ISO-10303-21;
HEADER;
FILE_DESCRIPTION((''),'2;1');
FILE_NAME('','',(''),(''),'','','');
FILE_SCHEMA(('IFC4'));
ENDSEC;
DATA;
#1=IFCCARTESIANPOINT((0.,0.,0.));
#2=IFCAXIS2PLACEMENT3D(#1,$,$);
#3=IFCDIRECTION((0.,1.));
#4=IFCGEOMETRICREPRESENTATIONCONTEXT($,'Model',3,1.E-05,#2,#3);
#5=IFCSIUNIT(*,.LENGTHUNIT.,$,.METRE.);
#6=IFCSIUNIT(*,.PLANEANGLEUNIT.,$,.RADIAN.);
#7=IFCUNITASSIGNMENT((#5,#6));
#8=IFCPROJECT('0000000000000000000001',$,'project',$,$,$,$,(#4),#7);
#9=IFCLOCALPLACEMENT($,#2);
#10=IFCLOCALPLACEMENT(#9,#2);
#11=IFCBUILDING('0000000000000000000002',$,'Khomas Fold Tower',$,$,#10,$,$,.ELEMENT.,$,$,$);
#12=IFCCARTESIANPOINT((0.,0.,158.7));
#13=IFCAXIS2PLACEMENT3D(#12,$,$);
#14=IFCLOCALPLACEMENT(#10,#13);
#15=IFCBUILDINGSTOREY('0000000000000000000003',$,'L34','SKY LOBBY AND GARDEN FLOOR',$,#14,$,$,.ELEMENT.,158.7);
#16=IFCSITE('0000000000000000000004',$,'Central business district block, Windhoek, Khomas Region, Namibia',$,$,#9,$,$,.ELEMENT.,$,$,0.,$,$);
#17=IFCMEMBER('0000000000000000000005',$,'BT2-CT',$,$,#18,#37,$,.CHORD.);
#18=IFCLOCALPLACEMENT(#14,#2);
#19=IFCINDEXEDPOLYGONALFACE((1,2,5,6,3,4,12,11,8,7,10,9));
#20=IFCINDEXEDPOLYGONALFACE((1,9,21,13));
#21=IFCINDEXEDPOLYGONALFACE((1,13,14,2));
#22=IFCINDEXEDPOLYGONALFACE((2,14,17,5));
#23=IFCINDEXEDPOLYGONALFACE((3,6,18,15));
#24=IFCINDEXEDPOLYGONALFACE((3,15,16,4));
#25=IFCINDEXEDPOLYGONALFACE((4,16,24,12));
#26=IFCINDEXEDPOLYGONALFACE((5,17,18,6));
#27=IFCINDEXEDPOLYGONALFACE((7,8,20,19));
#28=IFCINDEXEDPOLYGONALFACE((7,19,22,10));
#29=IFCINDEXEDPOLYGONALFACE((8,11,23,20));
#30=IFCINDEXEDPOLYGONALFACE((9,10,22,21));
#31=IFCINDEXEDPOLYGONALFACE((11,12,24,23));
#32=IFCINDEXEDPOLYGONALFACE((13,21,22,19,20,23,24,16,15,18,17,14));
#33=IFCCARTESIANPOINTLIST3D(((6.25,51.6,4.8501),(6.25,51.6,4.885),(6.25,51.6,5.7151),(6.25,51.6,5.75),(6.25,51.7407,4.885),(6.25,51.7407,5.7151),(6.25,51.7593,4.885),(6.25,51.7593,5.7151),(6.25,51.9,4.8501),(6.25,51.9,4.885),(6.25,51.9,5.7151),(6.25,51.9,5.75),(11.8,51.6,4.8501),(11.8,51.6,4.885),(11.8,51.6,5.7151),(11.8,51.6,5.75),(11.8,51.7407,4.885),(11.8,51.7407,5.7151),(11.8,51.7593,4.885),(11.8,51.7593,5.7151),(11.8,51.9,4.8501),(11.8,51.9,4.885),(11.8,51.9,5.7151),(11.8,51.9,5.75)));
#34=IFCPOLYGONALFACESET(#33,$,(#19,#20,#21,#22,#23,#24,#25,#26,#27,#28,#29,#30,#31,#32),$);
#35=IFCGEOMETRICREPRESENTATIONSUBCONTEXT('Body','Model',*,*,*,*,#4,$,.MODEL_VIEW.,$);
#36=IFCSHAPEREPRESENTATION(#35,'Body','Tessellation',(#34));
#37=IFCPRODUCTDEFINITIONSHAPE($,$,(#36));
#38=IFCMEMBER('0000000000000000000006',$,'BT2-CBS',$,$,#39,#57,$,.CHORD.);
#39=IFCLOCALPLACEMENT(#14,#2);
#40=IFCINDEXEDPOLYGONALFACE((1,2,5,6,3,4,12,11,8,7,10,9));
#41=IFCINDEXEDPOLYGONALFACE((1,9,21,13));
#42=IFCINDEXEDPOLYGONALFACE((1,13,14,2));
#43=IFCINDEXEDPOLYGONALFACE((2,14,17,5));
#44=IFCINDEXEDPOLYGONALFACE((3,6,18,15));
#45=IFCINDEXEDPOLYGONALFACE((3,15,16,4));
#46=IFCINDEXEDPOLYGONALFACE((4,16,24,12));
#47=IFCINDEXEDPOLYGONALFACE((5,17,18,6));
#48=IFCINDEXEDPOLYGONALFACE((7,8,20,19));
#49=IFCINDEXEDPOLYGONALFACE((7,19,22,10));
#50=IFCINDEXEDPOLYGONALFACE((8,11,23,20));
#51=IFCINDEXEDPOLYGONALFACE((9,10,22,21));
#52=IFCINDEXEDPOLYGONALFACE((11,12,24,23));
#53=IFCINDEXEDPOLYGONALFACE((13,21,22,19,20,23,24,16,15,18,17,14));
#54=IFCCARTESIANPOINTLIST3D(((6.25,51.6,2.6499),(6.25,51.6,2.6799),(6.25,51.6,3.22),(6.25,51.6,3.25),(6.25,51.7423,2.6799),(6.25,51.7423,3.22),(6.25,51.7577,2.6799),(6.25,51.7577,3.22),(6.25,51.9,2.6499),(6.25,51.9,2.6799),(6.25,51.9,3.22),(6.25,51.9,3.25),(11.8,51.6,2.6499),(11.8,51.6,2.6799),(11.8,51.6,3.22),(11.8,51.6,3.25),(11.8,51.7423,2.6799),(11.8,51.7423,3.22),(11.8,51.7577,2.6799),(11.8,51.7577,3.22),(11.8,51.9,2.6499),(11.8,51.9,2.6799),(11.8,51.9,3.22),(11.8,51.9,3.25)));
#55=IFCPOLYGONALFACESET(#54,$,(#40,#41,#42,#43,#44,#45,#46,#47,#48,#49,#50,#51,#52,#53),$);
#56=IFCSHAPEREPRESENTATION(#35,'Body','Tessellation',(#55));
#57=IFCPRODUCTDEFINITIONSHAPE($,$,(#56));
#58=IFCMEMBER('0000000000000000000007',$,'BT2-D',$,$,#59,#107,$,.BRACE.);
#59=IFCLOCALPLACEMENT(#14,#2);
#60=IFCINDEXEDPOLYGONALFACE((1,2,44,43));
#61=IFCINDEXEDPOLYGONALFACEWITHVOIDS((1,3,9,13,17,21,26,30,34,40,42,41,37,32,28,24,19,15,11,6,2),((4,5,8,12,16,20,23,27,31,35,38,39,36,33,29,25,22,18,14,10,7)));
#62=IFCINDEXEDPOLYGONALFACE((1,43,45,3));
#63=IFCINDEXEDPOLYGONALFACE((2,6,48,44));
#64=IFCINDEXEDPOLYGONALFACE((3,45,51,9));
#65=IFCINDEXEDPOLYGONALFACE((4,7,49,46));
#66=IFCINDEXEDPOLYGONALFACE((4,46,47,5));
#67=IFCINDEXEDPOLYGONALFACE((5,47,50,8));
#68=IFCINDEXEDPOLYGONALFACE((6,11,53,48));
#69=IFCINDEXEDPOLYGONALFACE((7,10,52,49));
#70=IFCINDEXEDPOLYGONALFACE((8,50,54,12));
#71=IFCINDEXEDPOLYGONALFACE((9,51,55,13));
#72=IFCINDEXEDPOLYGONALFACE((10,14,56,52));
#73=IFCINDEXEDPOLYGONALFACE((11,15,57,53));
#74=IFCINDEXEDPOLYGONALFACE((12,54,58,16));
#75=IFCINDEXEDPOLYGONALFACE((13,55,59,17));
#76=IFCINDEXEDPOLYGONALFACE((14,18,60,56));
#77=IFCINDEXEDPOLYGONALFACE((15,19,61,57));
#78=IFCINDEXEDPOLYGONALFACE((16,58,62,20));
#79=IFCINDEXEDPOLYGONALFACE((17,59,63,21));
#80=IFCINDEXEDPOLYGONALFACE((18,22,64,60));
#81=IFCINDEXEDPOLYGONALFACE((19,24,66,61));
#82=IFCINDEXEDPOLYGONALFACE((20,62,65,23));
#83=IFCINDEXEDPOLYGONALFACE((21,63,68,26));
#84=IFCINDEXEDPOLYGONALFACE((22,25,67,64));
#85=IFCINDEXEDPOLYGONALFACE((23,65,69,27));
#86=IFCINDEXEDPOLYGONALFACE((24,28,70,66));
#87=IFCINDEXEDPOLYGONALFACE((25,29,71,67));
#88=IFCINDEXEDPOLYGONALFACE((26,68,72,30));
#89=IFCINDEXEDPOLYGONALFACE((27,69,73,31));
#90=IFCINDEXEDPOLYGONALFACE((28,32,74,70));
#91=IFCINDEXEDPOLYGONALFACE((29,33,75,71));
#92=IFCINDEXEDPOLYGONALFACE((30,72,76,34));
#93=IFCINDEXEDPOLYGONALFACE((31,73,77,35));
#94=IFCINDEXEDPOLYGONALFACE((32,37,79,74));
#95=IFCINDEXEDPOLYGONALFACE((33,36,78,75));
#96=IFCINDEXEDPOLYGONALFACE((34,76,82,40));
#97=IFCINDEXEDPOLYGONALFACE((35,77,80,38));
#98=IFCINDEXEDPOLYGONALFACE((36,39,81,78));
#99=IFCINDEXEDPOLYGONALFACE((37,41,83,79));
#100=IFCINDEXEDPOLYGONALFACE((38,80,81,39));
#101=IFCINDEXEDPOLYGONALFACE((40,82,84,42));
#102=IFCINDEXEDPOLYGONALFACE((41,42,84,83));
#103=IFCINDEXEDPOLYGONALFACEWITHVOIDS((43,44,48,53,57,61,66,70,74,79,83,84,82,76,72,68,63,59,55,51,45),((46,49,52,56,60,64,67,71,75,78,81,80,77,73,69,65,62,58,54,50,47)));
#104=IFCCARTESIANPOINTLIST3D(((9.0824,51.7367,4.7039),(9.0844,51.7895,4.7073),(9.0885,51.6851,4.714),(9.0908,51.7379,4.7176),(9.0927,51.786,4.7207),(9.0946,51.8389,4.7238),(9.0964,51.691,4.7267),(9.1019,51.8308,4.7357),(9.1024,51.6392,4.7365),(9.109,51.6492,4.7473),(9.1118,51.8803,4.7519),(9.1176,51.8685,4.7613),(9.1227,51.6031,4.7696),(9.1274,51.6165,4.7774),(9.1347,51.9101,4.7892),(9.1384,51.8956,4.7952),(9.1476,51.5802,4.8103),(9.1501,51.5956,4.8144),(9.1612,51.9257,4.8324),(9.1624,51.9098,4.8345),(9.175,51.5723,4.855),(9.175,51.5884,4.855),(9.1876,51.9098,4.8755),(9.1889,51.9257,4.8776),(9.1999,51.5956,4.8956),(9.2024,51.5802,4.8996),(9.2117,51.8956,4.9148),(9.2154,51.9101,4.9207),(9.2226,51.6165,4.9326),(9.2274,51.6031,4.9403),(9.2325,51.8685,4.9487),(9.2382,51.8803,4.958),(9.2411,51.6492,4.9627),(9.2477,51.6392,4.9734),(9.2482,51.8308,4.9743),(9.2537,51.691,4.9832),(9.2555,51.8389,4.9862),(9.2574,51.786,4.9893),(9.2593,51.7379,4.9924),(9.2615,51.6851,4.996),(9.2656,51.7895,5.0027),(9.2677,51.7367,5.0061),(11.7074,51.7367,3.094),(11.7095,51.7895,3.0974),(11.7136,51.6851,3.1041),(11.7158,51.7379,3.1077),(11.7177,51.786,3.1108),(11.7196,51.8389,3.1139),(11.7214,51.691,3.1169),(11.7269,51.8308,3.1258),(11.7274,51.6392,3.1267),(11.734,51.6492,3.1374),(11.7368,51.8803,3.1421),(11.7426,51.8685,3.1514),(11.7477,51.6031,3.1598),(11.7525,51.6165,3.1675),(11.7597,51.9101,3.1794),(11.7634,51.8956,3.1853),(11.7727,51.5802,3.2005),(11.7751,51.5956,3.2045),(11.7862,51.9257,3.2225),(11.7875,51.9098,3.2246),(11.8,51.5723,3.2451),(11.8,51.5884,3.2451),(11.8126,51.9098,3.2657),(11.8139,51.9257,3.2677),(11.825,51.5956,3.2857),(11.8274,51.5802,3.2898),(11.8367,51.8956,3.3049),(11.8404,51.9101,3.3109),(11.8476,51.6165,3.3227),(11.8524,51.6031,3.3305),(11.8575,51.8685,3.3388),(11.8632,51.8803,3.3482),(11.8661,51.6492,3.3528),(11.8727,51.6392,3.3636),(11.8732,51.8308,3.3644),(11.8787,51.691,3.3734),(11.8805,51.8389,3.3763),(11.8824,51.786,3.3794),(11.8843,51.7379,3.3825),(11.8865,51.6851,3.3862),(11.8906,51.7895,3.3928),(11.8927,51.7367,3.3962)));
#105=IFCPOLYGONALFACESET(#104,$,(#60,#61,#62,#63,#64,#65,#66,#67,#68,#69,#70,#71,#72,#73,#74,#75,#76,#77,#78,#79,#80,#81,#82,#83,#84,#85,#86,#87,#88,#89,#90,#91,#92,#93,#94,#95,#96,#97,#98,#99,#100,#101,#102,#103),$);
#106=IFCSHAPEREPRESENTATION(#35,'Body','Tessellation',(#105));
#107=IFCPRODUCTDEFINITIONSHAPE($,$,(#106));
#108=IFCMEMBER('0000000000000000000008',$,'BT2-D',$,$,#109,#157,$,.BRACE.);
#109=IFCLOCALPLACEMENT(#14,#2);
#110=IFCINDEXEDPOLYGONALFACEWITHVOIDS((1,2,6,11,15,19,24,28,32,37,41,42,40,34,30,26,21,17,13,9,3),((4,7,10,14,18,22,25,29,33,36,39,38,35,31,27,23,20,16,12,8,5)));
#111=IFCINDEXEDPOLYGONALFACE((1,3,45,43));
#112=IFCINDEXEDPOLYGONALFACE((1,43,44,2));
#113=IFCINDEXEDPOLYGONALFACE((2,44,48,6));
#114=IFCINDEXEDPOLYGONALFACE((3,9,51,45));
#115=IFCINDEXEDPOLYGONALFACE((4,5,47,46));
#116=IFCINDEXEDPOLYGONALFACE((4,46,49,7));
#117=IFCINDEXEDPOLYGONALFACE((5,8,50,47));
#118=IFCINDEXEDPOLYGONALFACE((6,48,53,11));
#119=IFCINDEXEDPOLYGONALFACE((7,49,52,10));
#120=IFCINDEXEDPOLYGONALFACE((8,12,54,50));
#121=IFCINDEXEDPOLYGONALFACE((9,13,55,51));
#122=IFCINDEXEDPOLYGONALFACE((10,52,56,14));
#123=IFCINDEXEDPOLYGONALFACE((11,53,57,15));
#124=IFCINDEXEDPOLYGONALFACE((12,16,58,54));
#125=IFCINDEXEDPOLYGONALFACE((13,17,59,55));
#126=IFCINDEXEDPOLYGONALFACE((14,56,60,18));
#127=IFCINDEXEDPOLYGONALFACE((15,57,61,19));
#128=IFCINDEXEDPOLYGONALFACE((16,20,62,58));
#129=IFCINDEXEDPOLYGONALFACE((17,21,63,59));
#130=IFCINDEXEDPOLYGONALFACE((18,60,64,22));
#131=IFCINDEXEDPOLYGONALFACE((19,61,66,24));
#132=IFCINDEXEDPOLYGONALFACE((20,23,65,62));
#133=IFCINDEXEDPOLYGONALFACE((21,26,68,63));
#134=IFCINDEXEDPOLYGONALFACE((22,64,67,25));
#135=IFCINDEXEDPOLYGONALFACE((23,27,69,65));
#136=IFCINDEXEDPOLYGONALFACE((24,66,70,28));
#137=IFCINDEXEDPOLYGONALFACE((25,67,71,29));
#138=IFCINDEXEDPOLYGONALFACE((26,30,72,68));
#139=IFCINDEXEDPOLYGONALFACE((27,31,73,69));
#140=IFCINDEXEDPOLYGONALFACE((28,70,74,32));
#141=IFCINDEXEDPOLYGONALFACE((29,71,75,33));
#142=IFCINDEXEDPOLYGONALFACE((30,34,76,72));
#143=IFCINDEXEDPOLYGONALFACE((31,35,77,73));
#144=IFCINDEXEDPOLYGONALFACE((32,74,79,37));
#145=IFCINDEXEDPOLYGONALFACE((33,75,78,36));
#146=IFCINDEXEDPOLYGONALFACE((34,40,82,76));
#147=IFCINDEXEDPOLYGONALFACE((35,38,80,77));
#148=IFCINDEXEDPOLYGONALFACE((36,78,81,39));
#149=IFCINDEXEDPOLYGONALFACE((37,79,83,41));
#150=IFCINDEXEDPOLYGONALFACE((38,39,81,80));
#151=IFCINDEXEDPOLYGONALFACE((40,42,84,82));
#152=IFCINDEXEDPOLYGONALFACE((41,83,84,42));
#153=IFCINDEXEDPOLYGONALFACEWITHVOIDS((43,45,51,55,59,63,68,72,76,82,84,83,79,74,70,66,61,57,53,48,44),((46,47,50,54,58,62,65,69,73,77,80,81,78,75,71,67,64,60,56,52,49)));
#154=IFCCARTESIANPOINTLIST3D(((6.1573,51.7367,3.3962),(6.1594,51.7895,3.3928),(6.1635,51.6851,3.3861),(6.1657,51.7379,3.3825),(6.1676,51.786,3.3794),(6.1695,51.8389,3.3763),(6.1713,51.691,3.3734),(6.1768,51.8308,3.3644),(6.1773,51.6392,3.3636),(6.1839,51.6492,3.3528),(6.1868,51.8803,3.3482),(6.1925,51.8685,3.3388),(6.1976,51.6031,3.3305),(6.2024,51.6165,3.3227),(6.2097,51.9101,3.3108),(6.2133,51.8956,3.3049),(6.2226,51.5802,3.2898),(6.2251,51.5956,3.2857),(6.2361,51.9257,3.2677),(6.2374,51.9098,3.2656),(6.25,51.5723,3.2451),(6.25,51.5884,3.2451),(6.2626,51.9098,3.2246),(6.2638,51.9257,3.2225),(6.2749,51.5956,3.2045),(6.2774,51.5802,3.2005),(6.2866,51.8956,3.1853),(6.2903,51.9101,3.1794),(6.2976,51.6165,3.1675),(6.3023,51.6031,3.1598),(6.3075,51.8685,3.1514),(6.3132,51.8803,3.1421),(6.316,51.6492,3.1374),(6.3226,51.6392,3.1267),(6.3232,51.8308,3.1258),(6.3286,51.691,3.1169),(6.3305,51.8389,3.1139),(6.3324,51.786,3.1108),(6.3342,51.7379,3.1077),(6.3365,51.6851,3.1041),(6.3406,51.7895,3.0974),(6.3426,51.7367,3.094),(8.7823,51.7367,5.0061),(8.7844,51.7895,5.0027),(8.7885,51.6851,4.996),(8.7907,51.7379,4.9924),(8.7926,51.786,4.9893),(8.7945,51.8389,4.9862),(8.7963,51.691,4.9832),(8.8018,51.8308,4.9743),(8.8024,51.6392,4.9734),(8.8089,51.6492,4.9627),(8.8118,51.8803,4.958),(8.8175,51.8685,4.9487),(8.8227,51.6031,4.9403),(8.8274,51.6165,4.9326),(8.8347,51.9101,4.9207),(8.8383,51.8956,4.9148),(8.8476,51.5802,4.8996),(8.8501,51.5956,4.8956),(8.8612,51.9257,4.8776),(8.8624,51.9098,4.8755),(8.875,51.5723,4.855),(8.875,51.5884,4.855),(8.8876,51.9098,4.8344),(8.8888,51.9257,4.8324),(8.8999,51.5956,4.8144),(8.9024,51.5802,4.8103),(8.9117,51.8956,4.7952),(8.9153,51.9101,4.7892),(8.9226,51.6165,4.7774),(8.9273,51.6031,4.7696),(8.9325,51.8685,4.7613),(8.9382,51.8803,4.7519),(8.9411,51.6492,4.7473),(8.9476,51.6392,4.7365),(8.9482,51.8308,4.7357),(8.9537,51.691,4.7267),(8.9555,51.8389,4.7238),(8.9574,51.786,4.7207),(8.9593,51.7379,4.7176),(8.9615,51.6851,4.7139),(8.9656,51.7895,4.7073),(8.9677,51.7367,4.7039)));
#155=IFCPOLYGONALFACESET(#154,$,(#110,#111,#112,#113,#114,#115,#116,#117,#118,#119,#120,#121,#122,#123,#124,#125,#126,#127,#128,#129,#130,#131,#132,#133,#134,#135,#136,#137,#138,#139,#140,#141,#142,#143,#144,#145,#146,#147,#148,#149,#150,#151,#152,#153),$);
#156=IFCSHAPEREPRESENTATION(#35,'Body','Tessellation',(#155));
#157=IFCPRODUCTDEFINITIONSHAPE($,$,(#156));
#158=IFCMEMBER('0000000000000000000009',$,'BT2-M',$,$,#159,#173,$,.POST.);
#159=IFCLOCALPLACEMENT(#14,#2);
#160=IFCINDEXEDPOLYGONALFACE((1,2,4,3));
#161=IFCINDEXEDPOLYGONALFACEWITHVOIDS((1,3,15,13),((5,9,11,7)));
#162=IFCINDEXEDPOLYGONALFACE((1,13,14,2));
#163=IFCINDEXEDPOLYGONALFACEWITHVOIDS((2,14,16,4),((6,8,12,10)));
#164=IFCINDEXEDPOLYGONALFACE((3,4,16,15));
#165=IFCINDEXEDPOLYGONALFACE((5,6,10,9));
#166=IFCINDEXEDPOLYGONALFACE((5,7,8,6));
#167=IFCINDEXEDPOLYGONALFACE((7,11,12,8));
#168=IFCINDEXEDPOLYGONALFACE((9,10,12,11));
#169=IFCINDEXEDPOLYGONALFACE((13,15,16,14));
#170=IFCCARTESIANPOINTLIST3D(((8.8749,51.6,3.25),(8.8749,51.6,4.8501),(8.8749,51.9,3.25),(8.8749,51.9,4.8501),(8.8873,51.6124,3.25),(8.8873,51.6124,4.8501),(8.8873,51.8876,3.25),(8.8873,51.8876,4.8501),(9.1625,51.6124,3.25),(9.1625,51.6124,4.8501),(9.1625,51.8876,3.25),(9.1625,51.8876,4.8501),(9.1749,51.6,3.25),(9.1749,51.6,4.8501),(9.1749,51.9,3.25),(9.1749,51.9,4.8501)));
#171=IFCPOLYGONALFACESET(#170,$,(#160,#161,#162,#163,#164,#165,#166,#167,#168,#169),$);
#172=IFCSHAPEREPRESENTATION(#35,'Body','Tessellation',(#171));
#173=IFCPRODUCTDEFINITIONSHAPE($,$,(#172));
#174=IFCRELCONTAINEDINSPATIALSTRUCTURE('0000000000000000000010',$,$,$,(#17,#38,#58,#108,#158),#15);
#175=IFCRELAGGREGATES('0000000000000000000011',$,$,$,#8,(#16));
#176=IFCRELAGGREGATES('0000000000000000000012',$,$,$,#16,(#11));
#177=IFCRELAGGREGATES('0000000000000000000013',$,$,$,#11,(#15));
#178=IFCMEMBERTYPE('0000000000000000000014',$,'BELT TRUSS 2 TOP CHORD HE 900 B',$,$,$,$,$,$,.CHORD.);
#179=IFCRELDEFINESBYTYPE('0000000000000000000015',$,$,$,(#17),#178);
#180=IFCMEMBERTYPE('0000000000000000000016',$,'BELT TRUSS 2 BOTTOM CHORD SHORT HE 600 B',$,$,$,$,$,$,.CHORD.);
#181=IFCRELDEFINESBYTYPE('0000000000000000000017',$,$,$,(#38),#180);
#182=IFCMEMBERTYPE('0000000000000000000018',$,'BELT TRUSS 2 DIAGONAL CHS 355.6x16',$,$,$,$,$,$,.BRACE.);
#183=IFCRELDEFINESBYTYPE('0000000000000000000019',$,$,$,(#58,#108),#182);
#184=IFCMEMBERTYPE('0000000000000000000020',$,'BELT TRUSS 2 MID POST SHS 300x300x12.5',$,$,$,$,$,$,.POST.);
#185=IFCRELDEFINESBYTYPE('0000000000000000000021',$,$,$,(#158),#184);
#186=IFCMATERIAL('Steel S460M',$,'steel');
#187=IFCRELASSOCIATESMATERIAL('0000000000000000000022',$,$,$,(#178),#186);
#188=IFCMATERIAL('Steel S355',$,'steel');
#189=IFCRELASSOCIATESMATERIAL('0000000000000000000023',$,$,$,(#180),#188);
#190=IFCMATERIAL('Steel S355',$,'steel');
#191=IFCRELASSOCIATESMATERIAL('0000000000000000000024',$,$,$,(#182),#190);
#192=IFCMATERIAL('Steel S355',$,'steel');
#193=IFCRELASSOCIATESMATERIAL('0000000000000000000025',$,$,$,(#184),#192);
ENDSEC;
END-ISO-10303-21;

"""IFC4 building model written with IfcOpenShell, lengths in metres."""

from ifc_helpers import new_model, si_unit, direction, frame, origin, origin_2d, place, context, subcontext, project, spatial, hollow_rectangle, hollow_circle, i_section, extrude, source, transform, mapped, material, material_profile, profile_set, type_object, element, save


model = new_model("IFC4")

# Units and contexts
model_context = context("Model", 3, precision=1e-05, world=origin(), true_north=direction((0.0, 1.0)))
body_context = subcontext(model_context, "Body", "Model", "MODEL_VIEW")
ifc_project = project(units=[si_unit("LENGTHUNIT", "METRE"), si_unit("PLANEANGLEUNIT", "RADIAN")], contexts=[model_context])

# Site, building, storey
site_placement = place(None, origin())
site = spatial("IfcSite", under=ifc_project, at=site_placement, Name="Central business district block, Windhoek, Khomas Region, Namibia", CompositionType="ELEMENT", RefElevation=0.0)
building_placement = place(site_placement, origin())
building = spatial("IfcBuilding", under=site, at=building_placement, Name="Khomas Fold Tower", CompositionType="ELEMENT")
storey_placement = place(building_placement, frame((0.0, 0.0, 158.7)))
storey = spatial("IfcBuildingStorey", under=building, at=storey_placement, Name="L34", Description="SKY LOBBY AND GARDEN FLOOR", CompositionType="ELEMENT", Elevation=158.7)

# Members
ifc_material_1 = material(Name="Steel S460M", Category="steel")
ifc_material_profile_1 = material_profile(ifc_material_1, i_section(OverallWidth=0.3, OverallDepth=0.8999, WebThickness=0.0186, FlangeThickness=0.0349, at=origin_2d()), Name="HE 900 B")
ifc_profile_set_1 = profile_set([ifc_material_profile_1], Name="Steel S460M")
member_type_1 = type_object("IfcMemberType", Name="BELT TRUSS 2 TOP CHORD HE 900 B", PredefinedType="CHORD", material=ifc_profile_set_1)
shared_shape_1 = source(origin(), body_context, "Body", "SweptSolid", [
    extrude(i_section(OverallWidth=0.3, OverallDepth=0.8999, WebThickness=0.0186, FlangeThickness=0.0349, at=origin_2d()), origin(), (0.0, 0.0, 1.0), 5.55),
])
member_1_placement = place(storey_placement, frame((11.8, 51.75, 5.3), z_axis=(-1.0, 0.0, 0.0), x_axis=(0.0, -1.0, 0.0)))
element("IfcMember", 1, at=member_1_placement, inside=storey, type_object=member_type_1, Name="BT2-CT", PredefinedType="CHORD", context=body_context, shape_type="MappedRepresentation", body=[
    mapped(shared_shape_1, transform((0.0, 0.0, 0.0))),
])
ifc_material_2 = material(Name="Steel S355", Category="steel")
ifc_material_profile_2 = material_profile(ifc_material_2, i_section(OverallWidth=0.3, OverallDepth=0.6001, WebThickness=0.0154, FlangeThickness=0.03, at=origin_2d()), Name="HE 600 B")
ifc_profile_set_2 = profile_set([ifc_material_profile_2], Name="Steel S355")
member_type_2 = type_object("IfcMemberType", Name="BELT TRUSS 2 BOTTOM CHORD SHORT HE 600 B", PredefinedType="CHORD", material=ifc_profile_set_2)
shared_shape_2 = source(origin(), body_context, "Body", "SweptSolid", [
    extrude(i_section(OverallWidth=0.3, OverallDepth=0.6001, WebThickness=0.0154, FlangeThickness=0.03, at=origin_2d()), origin(), (0.0, 0.0, 1.0), 5.55),
])
member_2_placement = place(storey_placement, frame((11.8, 51.75, 2.95), z_axis=(-1.0, 0.0, 0.0), x_axis=(0.0, -1.0, 0.0)))
element("IfcMember", 2, at=member_2_placement, inside=storey, type_object=member_type_2, Name="BT2-CBS", PredefinedType="CHORD", context=body_context, shape_type="MappedRepresentation", body=[
    mapped(shared_shape_2, transform((0.0, 0.0, 0.0))),
])
ifc_material_3 = material(Name="Steel S355", Category="steel")
ifc_material_profile_3 = material_profile(ifc_material_3, hollow_circle(Radius=0.1777, WallThickness=0.0161, at=origin_2d()), Name="CHS 355.6x16")
ifc_profile_set_3 = profile_set([ifc_material_profile_3], Name="Steel S355")
member_type_3 = type_object("IfcMemberType", Name="BELT TRUSS 2 DIAGONAL CHS 355.6x16", PredefinedType="BRACE", material=ifc_profile_set_3)
shared_shape_3 = source(origin(), body_context, "Body", "SweptSolid", [
    extrude(hollow_circle(Radius=0.1777, WallThickness=0.0161, at=origin_2d()), origin(), (0.0, 0.0, 1.0), 3.0793),
])
for number, where, z_axis, x_axis, name in (
    (3, (11.8, 51.75, 3.2451), (-0.852458, 0.0, 0.522796), (0.0, -1.0, 0.0), "BT2-D"),
    (4, (8.875, 51.75, 4.855), (-0.852458, 0.0, -0.522796), (0.0, -1.0, 0.0), "BT2-D"),
):
    element("IfcMember", number, at=place(storey_placement, frame(where, z_axis=z_axis, x_axis=x_axis)), inside=storey, type_object=member_type_3, Name=name, PredefinedType="BRACE", context=body_context, shape_type="MappedRepresentation", body=[
        mapped(shared_shape_3, transform((0.0, 0.0, 0.0))),
    ])
ifc_material_4 = material(Name="Steel S355", Category="steel")
ifc_material_profile_4 = material_profile(ifc_material_4, hollow_rectangle(XDim=0.3, YDim=0.3, WallThickness=0.0125, at=origin_2d()), Name="SHS 300x300x12.5")
ifc_profile_set_4 = profile_set([ifc_material_profile_4], Name="Steel S355")
member_type_4 = type_object("IfcMemberType", Name="BELT TRUSS 2 MID POST SHS 300x300x12.5", PredefinedType="POST", material=ifc_profile_set_4)
shared_shape_4 = source(origin(), body_context, "Body", "SweptSolid", [
    extrude(hollow_rectangle(XDim=0.3, YDim=0.3, WallThickness=0.0125, at=origin_2d()), origin(), (0.0, 0.0, 1.0), 1.6001),
])
member_3_placement = place(storey_placement, frame((9.0249, 51.75, 3.25), z_axis=(0.0, 0.0, 1.0), x_axis=(1.0, 0.0, 0.0)))
element("IfcMember", 5, at=member_3_placement, inside=storey, type_object=member_type_4, Name="BT2-M", PredefinedType="POST", context=body_context, shape_type="MappedRepresentation", body=[
    mapped(shared_shape_4, transform((0.0, 0.0, 0.0))),
])

save(model, "model.ifc")
